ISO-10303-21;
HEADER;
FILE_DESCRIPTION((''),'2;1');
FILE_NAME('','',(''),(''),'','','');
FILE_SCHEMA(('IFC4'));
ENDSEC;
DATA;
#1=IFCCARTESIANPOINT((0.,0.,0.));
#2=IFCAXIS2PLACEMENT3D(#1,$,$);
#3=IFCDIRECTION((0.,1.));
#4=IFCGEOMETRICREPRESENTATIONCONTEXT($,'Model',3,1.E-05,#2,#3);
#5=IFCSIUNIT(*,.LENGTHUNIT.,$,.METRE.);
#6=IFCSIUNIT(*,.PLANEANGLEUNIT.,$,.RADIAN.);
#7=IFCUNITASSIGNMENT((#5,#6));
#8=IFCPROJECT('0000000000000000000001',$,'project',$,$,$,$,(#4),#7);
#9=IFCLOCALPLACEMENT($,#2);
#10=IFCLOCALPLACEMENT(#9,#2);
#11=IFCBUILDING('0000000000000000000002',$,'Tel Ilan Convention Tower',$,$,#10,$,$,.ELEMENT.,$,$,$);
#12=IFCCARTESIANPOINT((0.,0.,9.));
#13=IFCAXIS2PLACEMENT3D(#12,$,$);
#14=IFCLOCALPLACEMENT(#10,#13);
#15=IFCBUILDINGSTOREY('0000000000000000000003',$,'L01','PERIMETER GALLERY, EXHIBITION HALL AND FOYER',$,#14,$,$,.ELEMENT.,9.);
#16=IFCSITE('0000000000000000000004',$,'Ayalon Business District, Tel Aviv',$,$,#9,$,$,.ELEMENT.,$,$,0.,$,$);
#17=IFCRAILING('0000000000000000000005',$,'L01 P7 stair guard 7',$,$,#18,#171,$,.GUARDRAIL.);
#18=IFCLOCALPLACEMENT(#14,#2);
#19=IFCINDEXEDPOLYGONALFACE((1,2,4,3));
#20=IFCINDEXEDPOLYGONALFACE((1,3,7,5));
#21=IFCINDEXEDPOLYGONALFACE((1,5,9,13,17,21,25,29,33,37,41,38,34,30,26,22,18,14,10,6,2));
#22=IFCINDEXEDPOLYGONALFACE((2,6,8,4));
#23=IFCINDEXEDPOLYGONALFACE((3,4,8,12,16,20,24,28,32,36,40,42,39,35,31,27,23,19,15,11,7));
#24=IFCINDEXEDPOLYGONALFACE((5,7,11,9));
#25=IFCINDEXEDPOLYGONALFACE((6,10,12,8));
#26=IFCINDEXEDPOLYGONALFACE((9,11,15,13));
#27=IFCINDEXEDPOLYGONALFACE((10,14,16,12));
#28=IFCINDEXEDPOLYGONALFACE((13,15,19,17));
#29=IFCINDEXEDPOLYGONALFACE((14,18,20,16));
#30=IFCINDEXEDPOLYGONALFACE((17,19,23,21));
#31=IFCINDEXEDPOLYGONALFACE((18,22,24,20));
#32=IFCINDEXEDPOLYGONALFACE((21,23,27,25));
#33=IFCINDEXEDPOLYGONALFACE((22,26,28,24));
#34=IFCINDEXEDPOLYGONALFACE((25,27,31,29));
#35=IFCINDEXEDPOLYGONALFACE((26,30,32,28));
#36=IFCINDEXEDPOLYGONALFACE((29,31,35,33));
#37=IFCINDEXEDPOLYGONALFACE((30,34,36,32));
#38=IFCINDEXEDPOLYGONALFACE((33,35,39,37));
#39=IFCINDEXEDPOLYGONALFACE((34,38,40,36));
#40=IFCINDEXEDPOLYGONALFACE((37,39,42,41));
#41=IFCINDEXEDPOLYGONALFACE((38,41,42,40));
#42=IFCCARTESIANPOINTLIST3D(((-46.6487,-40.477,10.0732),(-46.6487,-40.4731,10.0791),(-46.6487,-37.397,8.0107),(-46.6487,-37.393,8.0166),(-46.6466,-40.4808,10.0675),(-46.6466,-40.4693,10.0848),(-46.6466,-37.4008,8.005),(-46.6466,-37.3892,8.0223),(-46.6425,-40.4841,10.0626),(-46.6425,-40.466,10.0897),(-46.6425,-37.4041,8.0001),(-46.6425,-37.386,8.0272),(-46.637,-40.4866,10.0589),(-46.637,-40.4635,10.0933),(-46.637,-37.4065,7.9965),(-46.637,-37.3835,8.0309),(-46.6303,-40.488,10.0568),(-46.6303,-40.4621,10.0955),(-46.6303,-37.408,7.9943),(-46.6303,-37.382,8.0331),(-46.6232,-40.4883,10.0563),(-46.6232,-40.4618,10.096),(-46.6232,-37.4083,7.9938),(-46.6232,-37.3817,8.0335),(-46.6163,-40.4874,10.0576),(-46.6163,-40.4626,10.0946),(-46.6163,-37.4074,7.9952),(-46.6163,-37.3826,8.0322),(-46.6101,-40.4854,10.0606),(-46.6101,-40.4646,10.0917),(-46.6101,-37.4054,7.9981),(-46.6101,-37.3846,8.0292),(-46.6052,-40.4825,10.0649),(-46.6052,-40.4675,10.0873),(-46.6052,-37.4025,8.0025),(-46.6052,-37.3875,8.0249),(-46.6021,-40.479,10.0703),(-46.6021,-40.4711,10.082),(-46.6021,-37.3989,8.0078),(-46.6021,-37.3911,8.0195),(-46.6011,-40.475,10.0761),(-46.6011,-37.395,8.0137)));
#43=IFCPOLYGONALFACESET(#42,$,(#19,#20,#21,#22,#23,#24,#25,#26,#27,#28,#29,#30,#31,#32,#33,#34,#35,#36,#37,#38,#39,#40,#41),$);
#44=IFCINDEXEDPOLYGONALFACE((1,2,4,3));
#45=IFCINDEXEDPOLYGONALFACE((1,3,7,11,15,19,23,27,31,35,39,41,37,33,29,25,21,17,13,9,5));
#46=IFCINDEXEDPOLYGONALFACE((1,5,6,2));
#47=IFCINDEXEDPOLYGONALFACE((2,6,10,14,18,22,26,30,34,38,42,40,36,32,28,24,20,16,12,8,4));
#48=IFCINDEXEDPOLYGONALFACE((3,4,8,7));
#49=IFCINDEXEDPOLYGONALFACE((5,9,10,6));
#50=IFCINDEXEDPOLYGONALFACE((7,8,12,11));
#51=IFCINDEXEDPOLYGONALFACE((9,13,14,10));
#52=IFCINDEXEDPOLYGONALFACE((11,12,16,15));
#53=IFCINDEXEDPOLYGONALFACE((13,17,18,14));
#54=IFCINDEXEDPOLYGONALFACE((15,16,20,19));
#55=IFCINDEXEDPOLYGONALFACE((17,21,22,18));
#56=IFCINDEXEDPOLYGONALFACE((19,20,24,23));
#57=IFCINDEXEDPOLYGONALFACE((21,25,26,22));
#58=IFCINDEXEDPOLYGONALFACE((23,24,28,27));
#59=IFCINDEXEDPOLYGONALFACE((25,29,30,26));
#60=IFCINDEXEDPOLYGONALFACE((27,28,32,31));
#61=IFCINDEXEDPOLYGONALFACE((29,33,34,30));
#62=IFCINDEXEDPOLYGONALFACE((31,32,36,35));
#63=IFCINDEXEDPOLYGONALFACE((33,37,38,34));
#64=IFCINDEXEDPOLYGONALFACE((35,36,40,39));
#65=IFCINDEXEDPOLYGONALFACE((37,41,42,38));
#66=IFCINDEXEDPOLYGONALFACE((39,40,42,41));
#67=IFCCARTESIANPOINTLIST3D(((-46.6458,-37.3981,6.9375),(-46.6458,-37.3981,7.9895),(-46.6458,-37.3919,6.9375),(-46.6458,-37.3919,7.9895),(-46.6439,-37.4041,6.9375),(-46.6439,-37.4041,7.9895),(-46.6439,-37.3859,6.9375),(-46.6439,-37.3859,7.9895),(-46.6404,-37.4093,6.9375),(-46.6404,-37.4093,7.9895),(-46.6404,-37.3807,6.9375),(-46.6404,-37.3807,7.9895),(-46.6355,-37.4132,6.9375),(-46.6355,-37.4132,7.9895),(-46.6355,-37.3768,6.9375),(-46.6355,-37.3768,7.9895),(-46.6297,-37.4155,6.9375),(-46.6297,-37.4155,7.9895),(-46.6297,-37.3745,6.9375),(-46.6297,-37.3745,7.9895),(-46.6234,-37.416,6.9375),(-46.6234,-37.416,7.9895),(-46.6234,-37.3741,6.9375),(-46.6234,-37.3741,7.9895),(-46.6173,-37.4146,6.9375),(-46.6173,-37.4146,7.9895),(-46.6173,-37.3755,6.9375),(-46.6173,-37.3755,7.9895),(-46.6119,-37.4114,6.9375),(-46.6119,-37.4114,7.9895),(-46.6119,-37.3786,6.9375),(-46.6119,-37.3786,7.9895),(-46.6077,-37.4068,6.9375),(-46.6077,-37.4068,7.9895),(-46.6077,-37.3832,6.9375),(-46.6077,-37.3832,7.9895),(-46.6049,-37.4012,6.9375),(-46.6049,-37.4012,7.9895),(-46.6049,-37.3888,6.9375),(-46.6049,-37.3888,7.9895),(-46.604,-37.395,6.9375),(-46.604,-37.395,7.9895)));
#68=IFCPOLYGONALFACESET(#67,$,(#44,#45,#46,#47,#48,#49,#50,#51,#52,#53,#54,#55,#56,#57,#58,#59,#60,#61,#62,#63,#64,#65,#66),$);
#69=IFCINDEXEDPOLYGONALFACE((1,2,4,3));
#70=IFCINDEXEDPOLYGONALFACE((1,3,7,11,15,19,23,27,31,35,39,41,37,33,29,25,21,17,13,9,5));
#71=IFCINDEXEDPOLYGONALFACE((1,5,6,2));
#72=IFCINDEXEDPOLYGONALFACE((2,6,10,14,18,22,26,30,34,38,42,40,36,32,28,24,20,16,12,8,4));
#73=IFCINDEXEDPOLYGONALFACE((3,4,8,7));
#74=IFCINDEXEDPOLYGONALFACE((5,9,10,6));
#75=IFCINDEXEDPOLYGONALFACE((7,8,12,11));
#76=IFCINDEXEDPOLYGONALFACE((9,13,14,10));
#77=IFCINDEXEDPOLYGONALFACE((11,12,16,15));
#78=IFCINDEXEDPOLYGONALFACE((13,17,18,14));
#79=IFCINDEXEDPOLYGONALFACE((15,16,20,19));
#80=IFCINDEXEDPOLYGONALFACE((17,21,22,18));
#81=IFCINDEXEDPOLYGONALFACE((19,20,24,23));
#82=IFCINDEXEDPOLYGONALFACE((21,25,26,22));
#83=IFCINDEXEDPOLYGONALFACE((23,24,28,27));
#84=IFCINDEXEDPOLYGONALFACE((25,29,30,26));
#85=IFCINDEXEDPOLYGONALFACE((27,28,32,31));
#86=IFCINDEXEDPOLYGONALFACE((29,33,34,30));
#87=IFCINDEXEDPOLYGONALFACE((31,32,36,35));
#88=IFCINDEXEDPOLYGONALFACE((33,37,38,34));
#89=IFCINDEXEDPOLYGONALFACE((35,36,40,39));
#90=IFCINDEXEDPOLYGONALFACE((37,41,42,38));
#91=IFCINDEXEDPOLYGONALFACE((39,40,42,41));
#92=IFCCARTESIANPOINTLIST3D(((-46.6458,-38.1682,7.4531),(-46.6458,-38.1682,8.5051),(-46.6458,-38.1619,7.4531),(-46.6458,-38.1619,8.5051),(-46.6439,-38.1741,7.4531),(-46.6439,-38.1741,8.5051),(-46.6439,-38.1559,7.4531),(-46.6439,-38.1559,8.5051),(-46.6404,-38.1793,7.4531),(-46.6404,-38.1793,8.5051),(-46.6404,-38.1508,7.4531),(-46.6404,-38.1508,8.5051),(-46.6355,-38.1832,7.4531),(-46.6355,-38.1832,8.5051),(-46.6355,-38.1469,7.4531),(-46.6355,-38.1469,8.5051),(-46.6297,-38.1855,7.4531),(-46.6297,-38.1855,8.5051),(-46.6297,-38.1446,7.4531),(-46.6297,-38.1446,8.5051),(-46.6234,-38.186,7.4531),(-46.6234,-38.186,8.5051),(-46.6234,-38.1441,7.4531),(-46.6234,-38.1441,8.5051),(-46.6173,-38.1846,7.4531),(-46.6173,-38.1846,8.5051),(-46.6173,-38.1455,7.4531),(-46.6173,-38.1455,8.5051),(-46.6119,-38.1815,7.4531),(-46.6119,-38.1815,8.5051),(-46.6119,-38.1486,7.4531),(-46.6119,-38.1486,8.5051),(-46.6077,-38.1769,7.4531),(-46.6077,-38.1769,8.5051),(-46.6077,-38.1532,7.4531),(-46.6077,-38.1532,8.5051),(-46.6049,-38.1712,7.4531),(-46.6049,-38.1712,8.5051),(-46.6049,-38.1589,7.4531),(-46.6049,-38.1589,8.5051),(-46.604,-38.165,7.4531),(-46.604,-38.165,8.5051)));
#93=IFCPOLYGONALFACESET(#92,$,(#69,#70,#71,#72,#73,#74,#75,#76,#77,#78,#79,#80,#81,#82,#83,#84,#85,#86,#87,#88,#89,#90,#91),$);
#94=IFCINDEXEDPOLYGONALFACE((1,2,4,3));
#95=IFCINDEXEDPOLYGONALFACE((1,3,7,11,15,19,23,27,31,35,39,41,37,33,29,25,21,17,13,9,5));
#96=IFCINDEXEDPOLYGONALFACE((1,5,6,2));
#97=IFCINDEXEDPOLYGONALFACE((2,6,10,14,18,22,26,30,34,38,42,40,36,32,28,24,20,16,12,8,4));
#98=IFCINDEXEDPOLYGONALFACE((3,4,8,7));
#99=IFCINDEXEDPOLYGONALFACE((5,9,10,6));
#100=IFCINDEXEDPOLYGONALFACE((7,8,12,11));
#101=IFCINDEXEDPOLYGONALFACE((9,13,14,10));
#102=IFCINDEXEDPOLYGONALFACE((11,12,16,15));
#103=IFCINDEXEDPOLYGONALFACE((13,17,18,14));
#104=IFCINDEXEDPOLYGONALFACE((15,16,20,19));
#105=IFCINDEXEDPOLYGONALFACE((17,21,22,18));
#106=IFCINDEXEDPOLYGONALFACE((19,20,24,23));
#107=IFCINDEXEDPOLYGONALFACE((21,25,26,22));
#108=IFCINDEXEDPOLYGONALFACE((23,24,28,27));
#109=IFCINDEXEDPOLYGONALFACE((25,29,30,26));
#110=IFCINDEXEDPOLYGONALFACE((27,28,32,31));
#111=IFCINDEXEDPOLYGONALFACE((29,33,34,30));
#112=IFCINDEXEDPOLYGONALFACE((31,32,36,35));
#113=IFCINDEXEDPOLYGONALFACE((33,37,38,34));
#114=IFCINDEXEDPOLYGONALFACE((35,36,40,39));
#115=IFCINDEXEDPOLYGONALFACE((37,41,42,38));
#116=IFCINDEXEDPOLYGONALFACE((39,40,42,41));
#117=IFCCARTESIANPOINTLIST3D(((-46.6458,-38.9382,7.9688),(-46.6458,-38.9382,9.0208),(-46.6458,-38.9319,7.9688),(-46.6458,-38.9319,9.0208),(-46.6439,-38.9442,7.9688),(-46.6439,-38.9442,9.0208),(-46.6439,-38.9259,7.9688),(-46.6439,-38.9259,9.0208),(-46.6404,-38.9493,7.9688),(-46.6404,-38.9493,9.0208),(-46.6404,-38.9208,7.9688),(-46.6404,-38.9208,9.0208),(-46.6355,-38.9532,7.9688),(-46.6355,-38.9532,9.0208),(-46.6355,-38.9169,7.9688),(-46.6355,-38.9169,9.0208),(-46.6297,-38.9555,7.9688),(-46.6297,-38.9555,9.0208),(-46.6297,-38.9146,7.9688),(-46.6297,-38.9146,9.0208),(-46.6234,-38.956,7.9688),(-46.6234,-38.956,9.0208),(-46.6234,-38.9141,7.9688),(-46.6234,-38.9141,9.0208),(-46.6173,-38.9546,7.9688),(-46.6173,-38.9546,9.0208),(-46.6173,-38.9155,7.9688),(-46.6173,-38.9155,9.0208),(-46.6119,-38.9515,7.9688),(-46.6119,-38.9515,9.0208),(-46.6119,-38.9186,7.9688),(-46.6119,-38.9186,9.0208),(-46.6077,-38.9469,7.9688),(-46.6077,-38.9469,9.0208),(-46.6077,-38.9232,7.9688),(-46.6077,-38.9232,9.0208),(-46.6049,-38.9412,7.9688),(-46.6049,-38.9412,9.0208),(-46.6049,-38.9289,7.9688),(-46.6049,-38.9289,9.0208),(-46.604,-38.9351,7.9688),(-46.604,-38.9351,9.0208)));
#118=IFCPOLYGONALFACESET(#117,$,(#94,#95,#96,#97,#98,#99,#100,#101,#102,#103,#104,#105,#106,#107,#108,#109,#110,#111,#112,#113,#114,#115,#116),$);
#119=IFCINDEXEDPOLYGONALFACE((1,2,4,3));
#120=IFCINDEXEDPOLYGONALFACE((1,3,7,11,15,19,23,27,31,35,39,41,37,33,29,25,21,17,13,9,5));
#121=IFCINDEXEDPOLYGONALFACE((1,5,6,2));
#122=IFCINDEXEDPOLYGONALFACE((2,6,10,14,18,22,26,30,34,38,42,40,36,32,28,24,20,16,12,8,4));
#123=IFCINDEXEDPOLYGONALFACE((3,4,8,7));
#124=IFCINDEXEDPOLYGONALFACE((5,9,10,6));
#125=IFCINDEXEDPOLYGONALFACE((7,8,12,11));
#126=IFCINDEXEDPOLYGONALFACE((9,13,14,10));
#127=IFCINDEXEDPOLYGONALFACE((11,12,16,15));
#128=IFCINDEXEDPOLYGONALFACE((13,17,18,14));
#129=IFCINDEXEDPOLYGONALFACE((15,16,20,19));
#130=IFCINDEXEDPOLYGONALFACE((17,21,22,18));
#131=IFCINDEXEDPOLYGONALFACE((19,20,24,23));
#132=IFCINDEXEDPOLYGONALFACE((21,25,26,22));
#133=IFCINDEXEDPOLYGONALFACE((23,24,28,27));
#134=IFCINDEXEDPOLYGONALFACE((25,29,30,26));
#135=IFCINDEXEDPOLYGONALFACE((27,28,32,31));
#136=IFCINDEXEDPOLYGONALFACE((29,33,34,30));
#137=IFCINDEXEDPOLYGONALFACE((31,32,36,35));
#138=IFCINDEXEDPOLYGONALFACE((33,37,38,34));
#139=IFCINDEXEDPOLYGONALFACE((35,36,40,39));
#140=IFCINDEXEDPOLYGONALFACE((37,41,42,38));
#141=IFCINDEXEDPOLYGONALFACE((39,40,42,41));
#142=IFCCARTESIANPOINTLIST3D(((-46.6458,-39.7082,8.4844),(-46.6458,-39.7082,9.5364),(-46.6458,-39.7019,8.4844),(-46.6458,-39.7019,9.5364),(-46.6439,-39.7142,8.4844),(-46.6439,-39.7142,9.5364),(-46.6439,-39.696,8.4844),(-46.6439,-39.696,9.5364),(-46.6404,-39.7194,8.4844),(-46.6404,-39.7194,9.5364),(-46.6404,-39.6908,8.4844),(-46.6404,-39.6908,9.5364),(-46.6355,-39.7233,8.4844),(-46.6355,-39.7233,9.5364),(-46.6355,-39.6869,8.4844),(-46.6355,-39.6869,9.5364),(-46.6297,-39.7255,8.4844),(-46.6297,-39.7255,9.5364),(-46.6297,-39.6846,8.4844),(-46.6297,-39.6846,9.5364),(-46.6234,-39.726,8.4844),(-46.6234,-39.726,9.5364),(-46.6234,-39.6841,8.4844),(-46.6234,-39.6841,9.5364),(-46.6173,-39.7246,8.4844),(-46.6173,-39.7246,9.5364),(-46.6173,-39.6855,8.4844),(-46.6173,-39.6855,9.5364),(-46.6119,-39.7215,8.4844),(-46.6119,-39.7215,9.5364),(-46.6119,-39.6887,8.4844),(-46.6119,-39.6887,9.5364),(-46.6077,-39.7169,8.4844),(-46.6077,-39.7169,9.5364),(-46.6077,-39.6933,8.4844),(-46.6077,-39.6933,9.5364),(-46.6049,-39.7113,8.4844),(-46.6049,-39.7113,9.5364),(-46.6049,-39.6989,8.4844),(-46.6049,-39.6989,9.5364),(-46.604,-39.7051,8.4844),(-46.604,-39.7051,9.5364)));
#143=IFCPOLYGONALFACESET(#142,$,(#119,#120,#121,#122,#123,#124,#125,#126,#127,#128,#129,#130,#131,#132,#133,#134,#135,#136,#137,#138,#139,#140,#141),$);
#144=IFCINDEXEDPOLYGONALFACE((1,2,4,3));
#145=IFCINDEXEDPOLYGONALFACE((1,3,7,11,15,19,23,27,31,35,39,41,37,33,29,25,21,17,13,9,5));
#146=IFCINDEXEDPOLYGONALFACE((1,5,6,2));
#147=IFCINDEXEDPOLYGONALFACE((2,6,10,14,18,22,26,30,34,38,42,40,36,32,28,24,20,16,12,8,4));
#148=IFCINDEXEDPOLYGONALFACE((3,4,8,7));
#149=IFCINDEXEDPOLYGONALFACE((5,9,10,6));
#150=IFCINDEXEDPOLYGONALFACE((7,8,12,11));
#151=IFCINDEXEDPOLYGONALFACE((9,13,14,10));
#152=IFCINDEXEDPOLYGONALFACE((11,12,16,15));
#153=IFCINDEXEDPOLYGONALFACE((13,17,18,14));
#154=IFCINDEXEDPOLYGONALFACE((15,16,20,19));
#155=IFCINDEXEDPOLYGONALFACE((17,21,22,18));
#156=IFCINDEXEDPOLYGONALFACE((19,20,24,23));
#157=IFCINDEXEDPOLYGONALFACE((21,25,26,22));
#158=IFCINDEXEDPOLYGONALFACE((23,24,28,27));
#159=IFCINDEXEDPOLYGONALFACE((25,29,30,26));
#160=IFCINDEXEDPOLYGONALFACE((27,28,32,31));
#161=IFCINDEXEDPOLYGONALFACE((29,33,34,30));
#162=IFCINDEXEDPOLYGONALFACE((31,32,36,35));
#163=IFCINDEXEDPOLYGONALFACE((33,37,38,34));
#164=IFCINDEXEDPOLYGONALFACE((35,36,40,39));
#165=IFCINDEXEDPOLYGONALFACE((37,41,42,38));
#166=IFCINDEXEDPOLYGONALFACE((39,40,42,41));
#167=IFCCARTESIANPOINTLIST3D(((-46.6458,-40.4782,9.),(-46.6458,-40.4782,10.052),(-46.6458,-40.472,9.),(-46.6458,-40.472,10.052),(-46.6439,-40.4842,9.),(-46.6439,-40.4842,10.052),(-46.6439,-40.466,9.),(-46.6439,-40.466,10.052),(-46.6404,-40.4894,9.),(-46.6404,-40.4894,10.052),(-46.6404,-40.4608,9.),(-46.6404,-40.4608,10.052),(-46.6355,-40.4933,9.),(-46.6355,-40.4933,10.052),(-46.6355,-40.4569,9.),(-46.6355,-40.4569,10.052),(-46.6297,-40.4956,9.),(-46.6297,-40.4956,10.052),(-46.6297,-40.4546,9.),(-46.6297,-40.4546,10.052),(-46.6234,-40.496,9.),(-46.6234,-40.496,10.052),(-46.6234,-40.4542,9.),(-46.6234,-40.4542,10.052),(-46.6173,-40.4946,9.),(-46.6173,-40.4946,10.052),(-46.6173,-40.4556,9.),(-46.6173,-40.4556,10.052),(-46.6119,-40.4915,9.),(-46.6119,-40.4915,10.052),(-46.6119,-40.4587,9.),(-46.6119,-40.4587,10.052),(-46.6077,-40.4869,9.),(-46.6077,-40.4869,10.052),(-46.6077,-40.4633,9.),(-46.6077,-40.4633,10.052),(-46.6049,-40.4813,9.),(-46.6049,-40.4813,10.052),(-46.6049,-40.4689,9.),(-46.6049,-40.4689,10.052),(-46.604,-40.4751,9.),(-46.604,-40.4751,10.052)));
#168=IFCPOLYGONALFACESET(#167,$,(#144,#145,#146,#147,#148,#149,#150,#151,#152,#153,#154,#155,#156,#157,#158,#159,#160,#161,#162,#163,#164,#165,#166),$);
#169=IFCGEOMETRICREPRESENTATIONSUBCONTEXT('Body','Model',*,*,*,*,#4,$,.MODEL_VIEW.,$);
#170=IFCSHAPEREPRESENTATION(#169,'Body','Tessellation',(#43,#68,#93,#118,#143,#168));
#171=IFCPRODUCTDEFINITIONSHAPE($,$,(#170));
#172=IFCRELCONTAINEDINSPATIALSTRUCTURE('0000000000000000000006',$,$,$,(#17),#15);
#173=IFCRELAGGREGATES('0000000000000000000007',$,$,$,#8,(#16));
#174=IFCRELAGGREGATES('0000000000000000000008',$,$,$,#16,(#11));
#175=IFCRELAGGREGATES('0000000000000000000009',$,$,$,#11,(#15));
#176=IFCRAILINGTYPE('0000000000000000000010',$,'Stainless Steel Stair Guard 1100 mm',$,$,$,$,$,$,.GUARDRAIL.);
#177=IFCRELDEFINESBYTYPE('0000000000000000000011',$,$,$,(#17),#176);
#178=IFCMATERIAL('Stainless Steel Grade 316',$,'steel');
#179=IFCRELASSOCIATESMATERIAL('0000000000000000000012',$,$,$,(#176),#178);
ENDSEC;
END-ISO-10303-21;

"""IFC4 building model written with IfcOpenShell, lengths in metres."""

from ifc_helpers import new_model, si_unit, direction, frame, origin, origin_2d, place, context, subcontext, project, spatial, circle, extrude, material, type_object, element, save


model = new_model("IFC4")

# Units and contexts
model_context = context("Model", 3, precision=1e-05, world=origin(), true_north=direction((0.0, 1.0)))
body_context = subcontext(model_context, "Body", "Model", "MODEL_VIEW")
ifc_project = project(units=[si_unit("LENGTHUNIT", "METRE"), si_unit("PLANEANGLEUNIT", "RADIAN")], contexts=[model_context])

# Site, building, storey
site_placement = place(None, origin())
site = spatial("IfcSite", under=ifc_project, at=site_placement, Name="Ayalon Business District, Tel Aviv", CompositionType="ELEMENT", RefElevation=0.0)
building_placement = place(site_placement, origin())
building = spatial("IfcBuilding", under=site, at=building_placement, Name="Tel Ilan Convention Tower", CompositionType="ELEMENT")
storey_placement = place(building_placement, frame((0.0, 0.0, 9.0)))
storey = spatial("IfcBuildingStorey", under=building, at=storey_placement, Name="L01", Description="PERIMETER GALLERY, EXHIBITION HALL AND FOYER", CompositionType="ELEMENT", Elevation=9.0)

# Railing
ifc_material_1 = material(Name="Stainless Steel Grade 316", Category="steel")
railing_type = type_object("IfcRailingType", Name="Stainless Steel Stair Guard 1100 mm", PredefinedType="GUARDRAIL", material=ifc_material_1)
railing_1_placement = place(storey_placement, frame((-46.625, -37.395, 6.9375)))
element("IfcRailing", 1, at=railing_1_placement, inside=storey, type_object=railing_type, Name="L01 P7 stair guard 7", PredefinedType="GUARDRAIL", context=body_context, shape_type="SweptSolid", body=[
    extrude(circle(Radius=0.0239, at=origin_2d()), frame((0.0, 0.0, 1.0762), z_axis=(0.0, -0.830914, 0.556401), x_axis=(1.0, 0.0, 0.0)), (0.0, 0.0, 1.0), 3.7068),
    extrude(circle(Radius=0.021, at=origin_2d()), origin(), (0.0, 0.0, 1.0), 1.052),
    extrude(circle(Radius=0.021, at=origin_2d()), frame((0.0, -0.77, 0.5156)), (0.0, 0.0, 1.0), 1.052),
    extrude(circle(Radius=0.021, at=origin_2d()), frame((0.0, -1.54, 1.0312)), (0.0, 0.0, 1.0), 1.052),
    extrude(circle(Radius=0.021, at=origin_2d()), frame((0.0, -2.3101, 1.5469)), (0.0, 0.0, 1.0), 1.052),
    extrude(circle(Radius=0.021, at=origin_2d()), frame((0.0, -3.0801, 2.0625)), (0.0, 0.0, 1.0), 1.052),
])

save(model, "model.ifc")
